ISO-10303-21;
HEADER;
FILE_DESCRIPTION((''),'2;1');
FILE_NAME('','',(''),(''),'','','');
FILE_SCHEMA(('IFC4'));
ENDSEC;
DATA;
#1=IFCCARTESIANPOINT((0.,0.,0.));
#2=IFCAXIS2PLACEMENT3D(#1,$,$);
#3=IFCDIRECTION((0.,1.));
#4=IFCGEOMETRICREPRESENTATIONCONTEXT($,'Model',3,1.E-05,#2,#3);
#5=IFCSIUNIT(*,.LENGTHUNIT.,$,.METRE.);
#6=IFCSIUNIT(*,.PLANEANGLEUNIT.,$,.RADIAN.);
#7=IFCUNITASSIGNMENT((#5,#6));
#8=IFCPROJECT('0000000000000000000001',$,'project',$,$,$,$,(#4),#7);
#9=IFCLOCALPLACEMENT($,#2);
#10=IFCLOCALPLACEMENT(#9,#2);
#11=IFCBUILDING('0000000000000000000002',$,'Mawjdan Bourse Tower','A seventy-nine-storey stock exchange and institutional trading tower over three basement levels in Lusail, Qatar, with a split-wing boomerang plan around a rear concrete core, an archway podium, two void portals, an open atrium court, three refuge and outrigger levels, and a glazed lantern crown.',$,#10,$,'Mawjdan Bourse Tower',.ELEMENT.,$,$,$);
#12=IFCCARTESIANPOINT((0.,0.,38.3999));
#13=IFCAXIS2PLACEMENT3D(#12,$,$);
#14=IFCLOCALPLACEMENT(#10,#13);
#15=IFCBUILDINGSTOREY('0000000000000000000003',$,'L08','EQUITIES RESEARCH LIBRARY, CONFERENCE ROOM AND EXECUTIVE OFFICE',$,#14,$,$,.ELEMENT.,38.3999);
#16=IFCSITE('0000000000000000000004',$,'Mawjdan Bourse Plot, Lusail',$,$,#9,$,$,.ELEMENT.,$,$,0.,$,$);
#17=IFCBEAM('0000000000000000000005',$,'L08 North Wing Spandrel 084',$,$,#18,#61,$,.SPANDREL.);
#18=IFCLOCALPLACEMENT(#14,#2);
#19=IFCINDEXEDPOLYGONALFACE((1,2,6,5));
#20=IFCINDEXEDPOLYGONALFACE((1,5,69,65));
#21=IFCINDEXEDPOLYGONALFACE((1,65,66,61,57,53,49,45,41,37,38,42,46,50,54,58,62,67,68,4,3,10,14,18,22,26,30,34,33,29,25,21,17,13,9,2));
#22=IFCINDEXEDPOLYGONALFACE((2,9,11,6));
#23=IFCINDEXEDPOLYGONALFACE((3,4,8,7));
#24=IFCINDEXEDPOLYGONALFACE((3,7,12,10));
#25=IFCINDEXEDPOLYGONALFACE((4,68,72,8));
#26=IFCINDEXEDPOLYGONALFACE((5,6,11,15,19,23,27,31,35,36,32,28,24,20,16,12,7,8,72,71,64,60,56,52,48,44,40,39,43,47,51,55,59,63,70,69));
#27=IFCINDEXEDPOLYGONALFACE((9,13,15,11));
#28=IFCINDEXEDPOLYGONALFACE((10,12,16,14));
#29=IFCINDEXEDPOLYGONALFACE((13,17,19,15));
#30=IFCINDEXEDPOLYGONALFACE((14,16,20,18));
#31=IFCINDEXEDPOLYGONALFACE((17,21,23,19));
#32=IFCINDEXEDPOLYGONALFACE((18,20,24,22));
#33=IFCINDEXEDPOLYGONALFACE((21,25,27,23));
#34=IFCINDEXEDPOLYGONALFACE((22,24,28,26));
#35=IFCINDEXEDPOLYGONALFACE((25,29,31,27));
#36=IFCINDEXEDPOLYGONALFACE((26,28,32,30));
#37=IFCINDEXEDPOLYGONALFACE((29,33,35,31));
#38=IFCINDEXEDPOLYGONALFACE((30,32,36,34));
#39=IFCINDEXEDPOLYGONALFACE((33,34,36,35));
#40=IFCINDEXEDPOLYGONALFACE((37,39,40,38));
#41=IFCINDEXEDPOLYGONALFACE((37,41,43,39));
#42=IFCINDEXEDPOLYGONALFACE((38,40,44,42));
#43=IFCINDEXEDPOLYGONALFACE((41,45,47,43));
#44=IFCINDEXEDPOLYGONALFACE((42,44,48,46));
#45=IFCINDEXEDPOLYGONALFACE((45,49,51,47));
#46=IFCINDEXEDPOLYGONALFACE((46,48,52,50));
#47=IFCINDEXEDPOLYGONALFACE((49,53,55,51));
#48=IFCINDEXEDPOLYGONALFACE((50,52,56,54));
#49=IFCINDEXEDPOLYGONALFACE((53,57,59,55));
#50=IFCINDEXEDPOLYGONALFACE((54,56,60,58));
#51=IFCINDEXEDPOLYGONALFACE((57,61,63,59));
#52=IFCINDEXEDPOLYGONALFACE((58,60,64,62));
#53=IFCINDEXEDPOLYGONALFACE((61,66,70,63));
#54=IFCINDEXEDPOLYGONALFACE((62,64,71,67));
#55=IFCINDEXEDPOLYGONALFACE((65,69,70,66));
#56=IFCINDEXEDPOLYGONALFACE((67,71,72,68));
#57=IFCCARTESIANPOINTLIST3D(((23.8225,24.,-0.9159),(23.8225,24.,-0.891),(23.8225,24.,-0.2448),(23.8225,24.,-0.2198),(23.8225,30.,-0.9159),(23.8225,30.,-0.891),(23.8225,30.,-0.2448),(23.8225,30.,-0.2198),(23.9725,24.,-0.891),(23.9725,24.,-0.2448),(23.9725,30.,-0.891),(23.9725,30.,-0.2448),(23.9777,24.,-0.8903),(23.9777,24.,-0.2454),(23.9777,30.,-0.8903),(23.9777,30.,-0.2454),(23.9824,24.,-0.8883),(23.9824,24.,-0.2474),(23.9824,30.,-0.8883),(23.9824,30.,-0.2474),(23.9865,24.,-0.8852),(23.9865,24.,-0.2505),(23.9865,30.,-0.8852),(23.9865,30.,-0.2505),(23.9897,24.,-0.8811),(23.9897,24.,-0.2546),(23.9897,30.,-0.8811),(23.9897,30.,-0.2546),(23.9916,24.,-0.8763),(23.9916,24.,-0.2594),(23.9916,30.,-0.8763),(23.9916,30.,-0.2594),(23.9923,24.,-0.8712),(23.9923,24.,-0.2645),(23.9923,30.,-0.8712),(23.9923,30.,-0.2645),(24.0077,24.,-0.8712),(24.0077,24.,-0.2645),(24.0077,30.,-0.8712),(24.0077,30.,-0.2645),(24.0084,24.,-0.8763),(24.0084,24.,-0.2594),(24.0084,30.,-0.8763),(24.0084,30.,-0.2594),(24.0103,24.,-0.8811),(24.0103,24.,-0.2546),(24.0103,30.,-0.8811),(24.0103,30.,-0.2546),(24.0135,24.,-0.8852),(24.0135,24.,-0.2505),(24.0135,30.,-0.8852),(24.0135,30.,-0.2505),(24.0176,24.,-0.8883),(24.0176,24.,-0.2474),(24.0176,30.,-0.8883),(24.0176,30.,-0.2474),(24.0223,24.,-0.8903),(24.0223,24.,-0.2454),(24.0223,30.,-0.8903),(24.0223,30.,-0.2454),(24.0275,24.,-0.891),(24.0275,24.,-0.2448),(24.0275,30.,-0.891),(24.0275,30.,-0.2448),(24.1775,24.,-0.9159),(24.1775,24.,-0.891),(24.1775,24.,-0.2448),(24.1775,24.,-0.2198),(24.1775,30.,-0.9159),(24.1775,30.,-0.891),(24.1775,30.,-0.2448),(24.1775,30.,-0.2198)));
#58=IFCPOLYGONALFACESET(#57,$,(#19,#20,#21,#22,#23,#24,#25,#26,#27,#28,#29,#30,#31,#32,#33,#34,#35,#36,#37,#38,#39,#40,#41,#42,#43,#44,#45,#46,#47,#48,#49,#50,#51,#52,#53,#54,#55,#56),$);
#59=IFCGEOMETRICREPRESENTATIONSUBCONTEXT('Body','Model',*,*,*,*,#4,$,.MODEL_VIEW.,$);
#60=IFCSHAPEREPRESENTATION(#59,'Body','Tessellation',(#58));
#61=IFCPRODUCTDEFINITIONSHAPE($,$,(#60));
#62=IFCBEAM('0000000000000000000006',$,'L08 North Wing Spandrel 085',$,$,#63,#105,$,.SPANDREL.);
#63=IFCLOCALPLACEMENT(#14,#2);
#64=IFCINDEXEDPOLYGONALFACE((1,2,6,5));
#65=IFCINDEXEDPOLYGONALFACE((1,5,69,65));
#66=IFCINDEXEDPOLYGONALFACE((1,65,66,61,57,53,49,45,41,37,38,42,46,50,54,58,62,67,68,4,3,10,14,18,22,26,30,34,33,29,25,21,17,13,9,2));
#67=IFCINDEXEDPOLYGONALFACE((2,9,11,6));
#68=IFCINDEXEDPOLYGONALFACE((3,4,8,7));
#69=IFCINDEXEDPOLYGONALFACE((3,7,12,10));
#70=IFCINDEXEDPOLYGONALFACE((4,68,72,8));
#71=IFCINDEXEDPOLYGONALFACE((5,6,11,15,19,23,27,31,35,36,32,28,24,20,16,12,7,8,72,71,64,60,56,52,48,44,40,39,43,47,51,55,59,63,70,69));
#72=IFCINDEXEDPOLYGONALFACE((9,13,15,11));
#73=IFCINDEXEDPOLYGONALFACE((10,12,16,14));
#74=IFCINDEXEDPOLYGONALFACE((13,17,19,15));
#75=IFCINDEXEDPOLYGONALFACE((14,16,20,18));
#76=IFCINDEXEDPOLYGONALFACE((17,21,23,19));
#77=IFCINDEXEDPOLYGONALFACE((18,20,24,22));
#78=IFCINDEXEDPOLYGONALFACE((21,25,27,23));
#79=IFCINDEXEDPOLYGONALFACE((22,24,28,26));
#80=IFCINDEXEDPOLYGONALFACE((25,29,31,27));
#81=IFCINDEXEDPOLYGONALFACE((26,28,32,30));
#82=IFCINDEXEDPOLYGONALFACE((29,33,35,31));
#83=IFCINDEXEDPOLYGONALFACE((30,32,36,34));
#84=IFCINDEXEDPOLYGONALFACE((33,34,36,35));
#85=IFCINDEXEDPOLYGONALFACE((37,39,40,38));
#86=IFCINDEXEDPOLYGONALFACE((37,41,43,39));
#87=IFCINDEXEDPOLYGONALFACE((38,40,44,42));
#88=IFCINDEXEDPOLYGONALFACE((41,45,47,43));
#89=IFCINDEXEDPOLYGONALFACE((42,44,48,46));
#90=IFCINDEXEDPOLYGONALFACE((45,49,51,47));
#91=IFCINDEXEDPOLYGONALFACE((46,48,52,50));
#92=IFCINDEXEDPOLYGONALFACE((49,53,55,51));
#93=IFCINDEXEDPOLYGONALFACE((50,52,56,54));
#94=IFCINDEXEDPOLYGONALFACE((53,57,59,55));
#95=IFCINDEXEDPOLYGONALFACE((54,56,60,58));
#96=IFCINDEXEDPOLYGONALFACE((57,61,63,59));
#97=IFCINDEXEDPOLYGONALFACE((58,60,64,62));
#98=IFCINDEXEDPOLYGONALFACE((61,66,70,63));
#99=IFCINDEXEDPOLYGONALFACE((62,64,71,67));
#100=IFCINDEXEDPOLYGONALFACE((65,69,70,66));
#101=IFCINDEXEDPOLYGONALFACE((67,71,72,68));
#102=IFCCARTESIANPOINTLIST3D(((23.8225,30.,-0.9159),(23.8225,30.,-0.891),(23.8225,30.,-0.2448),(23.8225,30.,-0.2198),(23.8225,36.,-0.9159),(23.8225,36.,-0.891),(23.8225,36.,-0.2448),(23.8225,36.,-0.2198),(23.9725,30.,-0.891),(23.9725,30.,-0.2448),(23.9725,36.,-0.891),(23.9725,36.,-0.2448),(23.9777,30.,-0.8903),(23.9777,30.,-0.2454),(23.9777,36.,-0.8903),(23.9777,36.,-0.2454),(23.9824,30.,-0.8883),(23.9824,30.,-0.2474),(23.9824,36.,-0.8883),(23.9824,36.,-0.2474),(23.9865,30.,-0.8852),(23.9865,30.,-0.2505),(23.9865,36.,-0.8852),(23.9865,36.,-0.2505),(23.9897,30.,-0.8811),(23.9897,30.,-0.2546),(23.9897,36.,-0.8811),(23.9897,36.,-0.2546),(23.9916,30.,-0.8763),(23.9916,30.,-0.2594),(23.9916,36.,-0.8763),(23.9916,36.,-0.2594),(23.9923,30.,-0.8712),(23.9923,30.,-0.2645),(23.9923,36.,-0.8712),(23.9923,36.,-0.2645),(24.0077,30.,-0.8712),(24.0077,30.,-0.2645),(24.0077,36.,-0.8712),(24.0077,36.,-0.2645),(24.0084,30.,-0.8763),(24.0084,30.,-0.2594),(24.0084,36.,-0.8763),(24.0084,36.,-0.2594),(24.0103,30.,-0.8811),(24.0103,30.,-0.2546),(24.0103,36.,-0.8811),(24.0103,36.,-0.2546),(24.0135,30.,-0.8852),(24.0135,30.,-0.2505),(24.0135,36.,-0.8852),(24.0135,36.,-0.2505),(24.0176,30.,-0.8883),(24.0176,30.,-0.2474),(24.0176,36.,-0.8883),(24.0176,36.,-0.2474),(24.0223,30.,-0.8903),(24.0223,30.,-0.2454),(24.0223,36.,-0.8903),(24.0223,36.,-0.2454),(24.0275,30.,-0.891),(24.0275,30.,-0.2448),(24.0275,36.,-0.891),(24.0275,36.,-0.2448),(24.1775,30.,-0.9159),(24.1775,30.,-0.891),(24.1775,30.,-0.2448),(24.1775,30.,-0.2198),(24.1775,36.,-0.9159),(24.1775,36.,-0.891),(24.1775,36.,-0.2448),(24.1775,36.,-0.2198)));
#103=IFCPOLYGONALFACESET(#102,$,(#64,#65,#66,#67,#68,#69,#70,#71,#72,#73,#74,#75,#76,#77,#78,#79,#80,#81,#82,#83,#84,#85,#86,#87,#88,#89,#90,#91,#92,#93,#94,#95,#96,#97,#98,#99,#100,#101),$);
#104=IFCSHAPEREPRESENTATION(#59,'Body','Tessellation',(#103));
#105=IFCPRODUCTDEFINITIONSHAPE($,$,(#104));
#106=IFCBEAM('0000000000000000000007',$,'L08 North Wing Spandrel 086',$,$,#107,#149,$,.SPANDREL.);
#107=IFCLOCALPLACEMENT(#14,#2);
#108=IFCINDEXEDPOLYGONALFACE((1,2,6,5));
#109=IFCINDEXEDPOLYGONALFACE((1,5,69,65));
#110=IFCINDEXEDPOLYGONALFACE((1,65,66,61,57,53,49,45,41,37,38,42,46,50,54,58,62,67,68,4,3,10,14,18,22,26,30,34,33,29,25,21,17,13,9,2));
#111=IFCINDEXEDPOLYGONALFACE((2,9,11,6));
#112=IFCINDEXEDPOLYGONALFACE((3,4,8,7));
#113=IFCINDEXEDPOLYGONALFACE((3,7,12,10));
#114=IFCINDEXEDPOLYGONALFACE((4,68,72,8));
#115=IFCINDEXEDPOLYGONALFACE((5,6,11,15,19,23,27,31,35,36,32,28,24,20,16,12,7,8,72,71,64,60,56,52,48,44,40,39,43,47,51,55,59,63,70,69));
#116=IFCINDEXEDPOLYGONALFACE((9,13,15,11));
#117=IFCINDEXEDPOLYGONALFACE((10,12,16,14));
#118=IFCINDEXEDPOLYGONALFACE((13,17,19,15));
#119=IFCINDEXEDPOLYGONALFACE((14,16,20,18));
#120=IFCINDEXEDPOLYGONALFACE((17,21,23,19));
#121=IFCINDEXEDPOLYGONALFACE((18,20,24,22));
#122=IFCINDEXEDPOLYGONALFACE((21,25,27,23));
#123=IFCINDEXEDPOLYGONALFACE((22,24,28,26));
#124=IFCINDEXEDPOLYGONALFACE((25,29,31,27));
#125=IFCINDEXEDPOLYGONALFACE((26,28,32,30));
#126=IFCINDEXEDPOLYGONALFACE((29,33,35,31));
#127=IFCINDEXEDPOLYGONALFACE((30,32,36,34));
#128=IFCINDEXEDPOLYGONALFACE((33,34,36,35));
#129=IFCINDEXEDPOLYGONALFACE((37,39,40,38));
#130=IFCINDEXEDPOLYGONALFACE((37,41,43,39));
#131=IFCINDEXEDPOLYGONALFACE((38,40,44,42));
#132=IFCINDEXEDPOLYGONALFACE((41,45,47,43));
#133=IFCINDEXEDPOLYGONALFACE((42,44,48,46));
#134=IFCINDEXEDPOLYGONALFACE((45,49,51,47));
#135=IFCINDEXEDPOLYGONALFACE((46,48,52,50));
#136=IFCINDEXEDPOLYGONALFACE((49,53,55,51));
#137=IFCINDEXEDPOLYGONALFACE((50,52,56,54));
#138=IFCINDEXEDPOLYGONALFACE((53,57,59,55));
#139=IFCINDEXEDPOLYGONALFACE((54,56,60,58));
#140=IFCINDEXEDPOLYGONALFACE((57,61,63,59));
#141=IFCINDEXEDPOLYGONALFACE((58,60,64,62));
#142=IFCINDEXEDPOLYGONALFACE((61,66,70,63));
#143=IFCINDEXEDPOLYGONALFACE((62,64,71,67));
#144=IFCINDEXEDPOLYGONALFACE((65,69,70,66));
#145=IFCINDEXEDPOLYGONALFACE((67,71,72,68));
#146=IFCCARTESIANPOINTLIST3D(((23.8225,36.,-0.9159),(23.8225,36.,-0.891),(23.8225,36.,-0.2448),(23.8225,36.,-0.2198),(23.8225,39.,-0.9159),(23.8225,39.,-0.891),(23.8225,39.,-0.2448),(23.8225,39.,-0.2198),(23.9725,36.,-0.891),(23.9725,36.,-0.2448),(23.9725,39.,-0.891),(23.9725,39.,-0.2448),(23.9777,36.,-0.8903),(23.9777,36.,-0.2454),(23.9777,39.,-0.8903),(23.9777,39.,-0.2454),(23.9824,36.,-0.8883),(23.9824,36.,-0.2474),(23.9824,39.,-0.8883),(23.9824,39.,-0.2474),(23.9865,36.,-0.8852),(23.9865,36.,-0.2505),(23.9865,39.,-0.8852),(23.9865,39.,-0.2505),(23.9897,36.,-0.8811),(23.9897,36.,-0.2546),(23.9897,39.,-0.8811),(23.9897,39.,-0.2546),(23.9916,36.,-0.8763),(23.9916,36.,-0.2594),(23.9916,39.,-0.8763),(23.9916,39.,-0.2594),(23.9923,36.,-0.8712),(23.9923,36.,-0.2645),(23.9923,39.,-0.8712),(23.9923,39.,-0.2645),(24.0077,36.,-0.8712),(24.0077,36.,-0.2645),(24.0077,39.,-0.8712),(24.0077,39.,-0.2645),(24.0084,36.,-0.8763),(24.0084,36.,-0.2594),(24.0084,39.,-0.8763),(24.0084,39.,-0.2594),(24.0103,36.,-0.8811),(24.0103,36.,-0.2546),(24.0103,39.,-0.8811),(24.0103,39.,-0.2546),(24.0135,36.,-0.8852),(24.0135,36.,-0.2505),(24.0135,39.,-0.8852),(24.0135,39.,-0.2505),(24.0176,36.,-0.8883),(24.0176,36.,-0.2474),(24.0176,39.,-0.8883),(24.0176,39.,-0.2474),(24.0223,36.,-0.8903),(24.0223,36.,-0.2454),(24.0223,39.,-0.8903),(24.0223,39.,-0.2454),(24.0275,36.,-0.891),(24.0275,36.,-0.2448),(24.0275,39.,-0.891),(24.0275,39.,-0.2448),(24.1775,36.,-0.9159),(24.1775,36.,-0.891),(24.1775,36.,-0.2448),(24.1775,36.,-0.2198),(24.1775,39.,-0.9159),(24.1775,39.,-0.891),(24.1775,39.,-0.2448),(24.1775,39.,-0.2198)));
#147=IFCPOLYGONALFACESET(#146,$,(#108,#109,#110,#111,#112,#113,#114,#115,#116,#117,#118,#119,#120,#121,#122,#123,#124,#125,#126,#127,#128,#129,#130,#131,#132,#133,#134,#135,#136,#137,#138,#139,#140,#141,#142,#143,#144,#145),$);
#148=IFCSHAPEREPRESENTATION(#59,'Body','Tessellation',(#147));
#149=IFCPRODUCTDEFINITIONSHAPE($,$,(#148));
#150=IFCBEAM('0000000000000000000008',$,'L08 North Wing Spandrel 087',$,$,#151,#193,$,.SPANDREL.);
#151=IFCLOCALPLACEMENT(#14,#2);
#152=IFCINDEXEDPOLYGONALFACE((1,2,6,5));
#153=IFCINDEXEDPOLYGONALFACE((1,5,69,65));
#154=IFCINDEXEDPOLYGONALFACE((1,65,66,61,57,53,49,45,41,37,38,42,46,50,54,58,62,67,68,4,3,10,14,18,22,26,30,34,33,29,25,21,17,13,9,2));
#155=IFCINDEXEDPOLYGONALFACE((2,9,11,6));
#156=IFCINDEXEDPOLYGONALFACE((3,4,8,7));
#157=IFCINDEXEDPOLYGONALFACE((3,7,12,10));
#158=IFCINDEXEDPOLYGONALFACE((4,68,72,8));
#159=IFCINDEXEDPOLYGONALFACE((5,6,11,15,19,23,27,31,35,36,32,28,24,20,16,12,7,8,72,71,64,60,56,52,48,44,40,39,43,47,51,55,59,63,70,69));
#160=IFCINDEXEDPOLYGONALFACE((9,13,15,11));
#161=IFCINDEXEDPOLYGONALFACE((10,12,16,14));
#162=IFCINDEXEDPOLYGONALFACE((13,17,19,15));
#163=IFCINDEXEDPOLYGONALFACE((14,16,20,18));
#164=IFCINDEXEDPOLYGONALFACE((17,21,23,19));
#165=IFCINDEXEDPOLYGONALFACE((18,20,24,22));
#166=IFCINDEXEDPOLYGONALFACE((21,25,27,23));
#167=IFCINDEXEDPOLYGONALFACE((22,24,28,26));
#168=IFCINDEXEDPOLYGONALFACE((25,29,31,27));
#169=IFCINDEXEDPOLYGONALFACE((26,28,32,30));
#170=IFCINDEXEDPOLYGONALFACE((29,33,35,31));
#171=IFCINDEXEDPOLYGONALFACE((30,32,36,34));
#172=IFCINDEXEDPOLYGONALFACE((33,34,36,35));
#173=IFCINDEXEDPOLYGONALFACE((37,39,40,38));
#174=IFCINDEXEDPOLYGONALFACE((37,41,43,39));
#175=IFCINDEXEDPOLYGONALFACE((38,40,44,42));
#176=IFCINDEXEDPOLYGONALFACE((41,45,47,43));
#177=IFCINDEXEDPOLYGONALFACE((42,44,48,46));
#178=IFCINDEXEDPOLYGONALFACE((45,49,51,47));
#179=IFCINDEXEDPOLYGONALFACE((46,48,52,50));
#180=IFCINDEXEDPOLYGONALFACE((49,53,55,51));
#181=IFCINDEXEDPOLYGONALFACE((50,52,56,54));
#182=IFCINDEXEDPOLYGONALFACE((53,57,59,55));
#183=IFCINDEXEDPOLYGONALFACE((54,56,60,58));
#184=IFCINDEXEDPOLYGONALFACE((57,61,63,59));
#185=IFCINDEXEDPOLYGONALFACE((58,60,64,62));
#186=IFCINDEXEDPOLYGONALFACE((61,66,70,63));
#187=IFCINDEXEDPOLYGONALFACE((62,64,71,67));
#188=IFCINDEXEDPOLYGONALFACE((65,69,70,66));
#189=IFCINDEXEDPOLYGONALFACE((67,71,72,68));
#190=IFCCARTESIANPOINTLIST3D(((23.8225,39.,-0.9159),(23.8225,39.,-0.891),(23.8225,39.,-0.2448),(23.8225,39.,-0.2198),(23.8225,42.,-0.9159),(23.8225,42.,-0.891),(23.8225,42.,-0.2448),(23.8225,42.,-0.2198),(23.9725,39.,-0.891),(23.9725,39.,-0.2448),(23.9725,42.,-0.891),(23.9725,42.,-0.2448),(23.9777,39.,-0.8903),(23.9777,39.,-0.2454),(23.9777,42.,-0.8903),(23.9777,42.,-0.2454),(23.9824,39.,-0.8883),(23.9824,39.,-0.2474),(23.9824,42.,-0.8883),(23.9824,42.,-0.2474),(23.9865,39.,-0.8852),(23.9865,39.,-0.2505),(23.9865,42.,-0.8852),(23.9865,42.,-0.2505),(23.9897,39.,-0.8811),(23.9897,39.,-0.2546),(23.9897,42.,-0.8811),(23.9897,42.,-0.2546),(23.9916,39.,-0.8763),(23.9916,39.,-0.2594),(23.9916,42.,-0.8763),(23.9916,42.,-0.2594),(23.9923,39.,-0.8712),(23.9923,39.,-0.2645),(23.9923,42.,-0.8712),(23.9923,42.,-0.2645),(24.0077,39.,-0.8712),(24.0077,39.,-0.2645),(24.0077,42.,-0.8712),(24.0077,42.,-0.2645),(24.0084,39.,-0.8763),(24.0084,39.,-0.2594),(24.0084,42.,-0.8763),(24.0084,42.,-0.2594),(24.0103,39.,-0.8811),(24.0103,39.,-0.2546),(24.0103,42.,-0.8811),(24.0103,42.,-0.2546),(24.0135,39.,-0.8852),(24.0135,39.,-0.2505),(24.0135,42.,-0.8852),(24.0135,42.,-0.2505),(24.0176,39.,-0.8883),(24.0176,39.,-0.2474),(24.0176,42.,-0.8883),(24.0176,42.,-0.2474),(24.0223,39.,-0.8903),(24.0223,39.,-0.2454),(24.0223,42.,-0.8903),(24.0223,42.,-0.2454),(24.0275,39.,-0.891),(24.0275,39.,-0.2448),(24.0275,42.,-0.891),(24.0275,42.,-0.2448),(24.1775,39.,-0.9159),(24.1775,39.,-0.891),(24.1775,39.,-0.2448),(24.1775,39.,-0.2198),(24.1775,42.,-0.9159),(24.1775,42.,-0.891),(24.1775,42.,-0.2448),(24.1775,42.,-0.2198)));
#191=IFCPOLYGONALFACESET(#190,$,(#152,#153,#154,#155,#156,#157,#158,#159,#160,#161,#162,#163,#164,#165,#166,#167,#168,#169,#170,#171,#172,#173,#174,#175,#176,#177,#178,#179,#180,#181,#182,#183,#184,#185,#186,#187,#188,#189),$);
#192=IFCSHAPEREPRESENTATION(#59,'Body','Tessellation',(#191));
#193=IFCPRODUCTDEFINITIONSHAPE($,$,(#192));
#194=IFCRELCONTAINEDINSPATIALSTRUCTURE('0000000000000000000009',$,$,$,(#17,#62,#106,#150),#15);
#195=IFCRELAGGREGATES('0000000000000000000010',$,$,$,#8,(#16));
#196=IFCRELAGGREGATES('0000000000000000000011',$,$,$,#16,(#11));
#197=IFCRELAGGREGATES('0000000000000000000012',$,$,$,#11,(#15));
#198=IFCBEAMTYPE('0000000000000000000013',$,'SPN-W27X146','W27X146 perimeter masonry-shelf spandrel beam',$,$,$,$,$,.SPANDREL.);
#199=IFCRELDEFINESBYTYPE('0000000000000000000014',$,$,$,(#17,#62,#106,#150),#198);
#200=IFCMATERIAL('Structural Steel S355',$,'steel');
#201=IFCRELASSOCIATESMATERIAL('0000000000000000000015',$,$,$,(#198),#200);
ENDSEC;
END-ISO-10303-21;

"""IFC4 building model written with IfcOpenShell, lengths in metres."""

from ifc_helpers import new_model, si_unit, direction, frame, origin, origin_2d, place, context, subcontext, project, spatial, i_section, extrude, material, material_profile, profile_set, type_object, element, save


model = new_model("IFC4")

# Units and contexts
model_context = context("Model", 3, precision=1e-05, world=origin(), true_north=direction((0.0, 1.0)))
body_context = subcontext(model_context, "Body", "Model", "MODEL_VIEW")
ifc_project = project(units=[si_unit("LENGTHUNIT", "METRE"), si_unit("PLANEANGLEUNIT", "RADIAN")], contexts=[model_context])

# Site, building, storey
site_placement = place(None, origin())
site = spatial("IfcSite", under=ifc_project, at=site_placement, Name="Mawjdan Bourse Plot, Lusail", CompositionType="ELEMENT", RefElevation=0.0)
building_placement = place(site_placement, origin())
building = spatial("IfcBuilding", under=site, at=building_placement, Name="Mawjdan Bourse Tower", Description="A seventy-nine-storey stock exchange and institutional trading tower over three basement levels in Lusail, Qatar, with a split-wing boomerang plan around a rear concrete core, an archway podium, two void portals, an open atrium court, three refuge and outrigger levels, and a glazed lantern crown.", LongName="Mawjdan Bourse Tower", CompositionType="ELEMENT")
storey_placement = place(building_placement, frame((0.0, 0.0, 38.3999)))
storey = spatial("IfcBuildingStorey", under=building, at=storey_placement, Name="L08", Description="EQUITIES RESEARCH LIBRARY, CONFERENCE ROOM AND EXECUTIVE OFFICE", CompositionType="ELEMENT", Elevation=38.3999)

# Beams
ifc_material_1 = material(Name="Structural Steel S355", Category="steel")
ifc_material_profile_1 = material_profile(ifc_material_1, i_section(OverallWidth=0.355, OverallDepth=0.696, WebThickness=0.0154, FlangeThickness=0.0249, FilletRadius=0.0198, at=origin_2d()), Name="W27X146")
ifc_profile_set_1 = profile_set([ifc_material_profile_1], Name="Structural Steel S355")
beam_type_1 = type_object("IfcBeamType", Name="SPN-W27X146", Description="W27X146 perimeter masonry-shelf spandrel beam", PredefinedType="SPANDREL", material=ifc_profile_set_1)
for number, where, z_axis, x_axis, name in (
    (1, (24.0, 24.0, -0.5679), (0.0, 1.0, 0.0), (-1.0, 0.0, 0.0), "L08 North Wing Spandrel 084"),
    (2, (24.0, 30.0, -0.5679), (0.0, 1.0, 0.0), (-1.0, 0.0, 0.0), "L08 North Wing Spandrel 085"),
):
    element("IfcBeam", number, at=place(storey_placement, frame(where, z_axis=z_axis, x_axis=x_axis)), inside=storey, type_object=beam_type_1, Name=name, PredefinedType="SPANDREL", context=body_context, shape_type="SweptSolid", body=[
        extrude(i_section(OverallWidth=0.355, OverallDepth=0.696, WebThickness=0.0154, FlangeThickness=0.0249, FilletRadius=0.0198, at=origin_2d()), origin(), (0.0, 0.0, 1.0), 6.0),
    ])
for number, where, z_axis, x_axis, name in (
    (3, (24.0, 36.0, -0.5679), (0.0, 1.0, 0.0), (-1.0, 0.0, 0.0), "L08 North Wing Spandrel 086"),
    (4, (24.0, 39.0, -0.5679), (0.0, 1.0, 0.0), (-1.0, 0.0, 0.0), "L08 North Wing Spandrel 087"),
):
    element("IfcBeam", number, at=place(storey_placement, frame(where, z_axis=z_axis, x_axis=x_axis)), inside=storey, type_object=beam_type_1, Name=name, PredefinedType="SPANDREL", context=body_context, shape_type="SweptSolid", body=[
        extrude(i_section(OverallWidth=0.355, OverallDepth=0.696, WebThickness=0.0154, FlangeThickness=0.0249, FilletRadius=0.0198, at=origin_2d()), origin(), (0.0, 0.0, 1.0), 3.0),
    ])

save(model, "model.ifc")
